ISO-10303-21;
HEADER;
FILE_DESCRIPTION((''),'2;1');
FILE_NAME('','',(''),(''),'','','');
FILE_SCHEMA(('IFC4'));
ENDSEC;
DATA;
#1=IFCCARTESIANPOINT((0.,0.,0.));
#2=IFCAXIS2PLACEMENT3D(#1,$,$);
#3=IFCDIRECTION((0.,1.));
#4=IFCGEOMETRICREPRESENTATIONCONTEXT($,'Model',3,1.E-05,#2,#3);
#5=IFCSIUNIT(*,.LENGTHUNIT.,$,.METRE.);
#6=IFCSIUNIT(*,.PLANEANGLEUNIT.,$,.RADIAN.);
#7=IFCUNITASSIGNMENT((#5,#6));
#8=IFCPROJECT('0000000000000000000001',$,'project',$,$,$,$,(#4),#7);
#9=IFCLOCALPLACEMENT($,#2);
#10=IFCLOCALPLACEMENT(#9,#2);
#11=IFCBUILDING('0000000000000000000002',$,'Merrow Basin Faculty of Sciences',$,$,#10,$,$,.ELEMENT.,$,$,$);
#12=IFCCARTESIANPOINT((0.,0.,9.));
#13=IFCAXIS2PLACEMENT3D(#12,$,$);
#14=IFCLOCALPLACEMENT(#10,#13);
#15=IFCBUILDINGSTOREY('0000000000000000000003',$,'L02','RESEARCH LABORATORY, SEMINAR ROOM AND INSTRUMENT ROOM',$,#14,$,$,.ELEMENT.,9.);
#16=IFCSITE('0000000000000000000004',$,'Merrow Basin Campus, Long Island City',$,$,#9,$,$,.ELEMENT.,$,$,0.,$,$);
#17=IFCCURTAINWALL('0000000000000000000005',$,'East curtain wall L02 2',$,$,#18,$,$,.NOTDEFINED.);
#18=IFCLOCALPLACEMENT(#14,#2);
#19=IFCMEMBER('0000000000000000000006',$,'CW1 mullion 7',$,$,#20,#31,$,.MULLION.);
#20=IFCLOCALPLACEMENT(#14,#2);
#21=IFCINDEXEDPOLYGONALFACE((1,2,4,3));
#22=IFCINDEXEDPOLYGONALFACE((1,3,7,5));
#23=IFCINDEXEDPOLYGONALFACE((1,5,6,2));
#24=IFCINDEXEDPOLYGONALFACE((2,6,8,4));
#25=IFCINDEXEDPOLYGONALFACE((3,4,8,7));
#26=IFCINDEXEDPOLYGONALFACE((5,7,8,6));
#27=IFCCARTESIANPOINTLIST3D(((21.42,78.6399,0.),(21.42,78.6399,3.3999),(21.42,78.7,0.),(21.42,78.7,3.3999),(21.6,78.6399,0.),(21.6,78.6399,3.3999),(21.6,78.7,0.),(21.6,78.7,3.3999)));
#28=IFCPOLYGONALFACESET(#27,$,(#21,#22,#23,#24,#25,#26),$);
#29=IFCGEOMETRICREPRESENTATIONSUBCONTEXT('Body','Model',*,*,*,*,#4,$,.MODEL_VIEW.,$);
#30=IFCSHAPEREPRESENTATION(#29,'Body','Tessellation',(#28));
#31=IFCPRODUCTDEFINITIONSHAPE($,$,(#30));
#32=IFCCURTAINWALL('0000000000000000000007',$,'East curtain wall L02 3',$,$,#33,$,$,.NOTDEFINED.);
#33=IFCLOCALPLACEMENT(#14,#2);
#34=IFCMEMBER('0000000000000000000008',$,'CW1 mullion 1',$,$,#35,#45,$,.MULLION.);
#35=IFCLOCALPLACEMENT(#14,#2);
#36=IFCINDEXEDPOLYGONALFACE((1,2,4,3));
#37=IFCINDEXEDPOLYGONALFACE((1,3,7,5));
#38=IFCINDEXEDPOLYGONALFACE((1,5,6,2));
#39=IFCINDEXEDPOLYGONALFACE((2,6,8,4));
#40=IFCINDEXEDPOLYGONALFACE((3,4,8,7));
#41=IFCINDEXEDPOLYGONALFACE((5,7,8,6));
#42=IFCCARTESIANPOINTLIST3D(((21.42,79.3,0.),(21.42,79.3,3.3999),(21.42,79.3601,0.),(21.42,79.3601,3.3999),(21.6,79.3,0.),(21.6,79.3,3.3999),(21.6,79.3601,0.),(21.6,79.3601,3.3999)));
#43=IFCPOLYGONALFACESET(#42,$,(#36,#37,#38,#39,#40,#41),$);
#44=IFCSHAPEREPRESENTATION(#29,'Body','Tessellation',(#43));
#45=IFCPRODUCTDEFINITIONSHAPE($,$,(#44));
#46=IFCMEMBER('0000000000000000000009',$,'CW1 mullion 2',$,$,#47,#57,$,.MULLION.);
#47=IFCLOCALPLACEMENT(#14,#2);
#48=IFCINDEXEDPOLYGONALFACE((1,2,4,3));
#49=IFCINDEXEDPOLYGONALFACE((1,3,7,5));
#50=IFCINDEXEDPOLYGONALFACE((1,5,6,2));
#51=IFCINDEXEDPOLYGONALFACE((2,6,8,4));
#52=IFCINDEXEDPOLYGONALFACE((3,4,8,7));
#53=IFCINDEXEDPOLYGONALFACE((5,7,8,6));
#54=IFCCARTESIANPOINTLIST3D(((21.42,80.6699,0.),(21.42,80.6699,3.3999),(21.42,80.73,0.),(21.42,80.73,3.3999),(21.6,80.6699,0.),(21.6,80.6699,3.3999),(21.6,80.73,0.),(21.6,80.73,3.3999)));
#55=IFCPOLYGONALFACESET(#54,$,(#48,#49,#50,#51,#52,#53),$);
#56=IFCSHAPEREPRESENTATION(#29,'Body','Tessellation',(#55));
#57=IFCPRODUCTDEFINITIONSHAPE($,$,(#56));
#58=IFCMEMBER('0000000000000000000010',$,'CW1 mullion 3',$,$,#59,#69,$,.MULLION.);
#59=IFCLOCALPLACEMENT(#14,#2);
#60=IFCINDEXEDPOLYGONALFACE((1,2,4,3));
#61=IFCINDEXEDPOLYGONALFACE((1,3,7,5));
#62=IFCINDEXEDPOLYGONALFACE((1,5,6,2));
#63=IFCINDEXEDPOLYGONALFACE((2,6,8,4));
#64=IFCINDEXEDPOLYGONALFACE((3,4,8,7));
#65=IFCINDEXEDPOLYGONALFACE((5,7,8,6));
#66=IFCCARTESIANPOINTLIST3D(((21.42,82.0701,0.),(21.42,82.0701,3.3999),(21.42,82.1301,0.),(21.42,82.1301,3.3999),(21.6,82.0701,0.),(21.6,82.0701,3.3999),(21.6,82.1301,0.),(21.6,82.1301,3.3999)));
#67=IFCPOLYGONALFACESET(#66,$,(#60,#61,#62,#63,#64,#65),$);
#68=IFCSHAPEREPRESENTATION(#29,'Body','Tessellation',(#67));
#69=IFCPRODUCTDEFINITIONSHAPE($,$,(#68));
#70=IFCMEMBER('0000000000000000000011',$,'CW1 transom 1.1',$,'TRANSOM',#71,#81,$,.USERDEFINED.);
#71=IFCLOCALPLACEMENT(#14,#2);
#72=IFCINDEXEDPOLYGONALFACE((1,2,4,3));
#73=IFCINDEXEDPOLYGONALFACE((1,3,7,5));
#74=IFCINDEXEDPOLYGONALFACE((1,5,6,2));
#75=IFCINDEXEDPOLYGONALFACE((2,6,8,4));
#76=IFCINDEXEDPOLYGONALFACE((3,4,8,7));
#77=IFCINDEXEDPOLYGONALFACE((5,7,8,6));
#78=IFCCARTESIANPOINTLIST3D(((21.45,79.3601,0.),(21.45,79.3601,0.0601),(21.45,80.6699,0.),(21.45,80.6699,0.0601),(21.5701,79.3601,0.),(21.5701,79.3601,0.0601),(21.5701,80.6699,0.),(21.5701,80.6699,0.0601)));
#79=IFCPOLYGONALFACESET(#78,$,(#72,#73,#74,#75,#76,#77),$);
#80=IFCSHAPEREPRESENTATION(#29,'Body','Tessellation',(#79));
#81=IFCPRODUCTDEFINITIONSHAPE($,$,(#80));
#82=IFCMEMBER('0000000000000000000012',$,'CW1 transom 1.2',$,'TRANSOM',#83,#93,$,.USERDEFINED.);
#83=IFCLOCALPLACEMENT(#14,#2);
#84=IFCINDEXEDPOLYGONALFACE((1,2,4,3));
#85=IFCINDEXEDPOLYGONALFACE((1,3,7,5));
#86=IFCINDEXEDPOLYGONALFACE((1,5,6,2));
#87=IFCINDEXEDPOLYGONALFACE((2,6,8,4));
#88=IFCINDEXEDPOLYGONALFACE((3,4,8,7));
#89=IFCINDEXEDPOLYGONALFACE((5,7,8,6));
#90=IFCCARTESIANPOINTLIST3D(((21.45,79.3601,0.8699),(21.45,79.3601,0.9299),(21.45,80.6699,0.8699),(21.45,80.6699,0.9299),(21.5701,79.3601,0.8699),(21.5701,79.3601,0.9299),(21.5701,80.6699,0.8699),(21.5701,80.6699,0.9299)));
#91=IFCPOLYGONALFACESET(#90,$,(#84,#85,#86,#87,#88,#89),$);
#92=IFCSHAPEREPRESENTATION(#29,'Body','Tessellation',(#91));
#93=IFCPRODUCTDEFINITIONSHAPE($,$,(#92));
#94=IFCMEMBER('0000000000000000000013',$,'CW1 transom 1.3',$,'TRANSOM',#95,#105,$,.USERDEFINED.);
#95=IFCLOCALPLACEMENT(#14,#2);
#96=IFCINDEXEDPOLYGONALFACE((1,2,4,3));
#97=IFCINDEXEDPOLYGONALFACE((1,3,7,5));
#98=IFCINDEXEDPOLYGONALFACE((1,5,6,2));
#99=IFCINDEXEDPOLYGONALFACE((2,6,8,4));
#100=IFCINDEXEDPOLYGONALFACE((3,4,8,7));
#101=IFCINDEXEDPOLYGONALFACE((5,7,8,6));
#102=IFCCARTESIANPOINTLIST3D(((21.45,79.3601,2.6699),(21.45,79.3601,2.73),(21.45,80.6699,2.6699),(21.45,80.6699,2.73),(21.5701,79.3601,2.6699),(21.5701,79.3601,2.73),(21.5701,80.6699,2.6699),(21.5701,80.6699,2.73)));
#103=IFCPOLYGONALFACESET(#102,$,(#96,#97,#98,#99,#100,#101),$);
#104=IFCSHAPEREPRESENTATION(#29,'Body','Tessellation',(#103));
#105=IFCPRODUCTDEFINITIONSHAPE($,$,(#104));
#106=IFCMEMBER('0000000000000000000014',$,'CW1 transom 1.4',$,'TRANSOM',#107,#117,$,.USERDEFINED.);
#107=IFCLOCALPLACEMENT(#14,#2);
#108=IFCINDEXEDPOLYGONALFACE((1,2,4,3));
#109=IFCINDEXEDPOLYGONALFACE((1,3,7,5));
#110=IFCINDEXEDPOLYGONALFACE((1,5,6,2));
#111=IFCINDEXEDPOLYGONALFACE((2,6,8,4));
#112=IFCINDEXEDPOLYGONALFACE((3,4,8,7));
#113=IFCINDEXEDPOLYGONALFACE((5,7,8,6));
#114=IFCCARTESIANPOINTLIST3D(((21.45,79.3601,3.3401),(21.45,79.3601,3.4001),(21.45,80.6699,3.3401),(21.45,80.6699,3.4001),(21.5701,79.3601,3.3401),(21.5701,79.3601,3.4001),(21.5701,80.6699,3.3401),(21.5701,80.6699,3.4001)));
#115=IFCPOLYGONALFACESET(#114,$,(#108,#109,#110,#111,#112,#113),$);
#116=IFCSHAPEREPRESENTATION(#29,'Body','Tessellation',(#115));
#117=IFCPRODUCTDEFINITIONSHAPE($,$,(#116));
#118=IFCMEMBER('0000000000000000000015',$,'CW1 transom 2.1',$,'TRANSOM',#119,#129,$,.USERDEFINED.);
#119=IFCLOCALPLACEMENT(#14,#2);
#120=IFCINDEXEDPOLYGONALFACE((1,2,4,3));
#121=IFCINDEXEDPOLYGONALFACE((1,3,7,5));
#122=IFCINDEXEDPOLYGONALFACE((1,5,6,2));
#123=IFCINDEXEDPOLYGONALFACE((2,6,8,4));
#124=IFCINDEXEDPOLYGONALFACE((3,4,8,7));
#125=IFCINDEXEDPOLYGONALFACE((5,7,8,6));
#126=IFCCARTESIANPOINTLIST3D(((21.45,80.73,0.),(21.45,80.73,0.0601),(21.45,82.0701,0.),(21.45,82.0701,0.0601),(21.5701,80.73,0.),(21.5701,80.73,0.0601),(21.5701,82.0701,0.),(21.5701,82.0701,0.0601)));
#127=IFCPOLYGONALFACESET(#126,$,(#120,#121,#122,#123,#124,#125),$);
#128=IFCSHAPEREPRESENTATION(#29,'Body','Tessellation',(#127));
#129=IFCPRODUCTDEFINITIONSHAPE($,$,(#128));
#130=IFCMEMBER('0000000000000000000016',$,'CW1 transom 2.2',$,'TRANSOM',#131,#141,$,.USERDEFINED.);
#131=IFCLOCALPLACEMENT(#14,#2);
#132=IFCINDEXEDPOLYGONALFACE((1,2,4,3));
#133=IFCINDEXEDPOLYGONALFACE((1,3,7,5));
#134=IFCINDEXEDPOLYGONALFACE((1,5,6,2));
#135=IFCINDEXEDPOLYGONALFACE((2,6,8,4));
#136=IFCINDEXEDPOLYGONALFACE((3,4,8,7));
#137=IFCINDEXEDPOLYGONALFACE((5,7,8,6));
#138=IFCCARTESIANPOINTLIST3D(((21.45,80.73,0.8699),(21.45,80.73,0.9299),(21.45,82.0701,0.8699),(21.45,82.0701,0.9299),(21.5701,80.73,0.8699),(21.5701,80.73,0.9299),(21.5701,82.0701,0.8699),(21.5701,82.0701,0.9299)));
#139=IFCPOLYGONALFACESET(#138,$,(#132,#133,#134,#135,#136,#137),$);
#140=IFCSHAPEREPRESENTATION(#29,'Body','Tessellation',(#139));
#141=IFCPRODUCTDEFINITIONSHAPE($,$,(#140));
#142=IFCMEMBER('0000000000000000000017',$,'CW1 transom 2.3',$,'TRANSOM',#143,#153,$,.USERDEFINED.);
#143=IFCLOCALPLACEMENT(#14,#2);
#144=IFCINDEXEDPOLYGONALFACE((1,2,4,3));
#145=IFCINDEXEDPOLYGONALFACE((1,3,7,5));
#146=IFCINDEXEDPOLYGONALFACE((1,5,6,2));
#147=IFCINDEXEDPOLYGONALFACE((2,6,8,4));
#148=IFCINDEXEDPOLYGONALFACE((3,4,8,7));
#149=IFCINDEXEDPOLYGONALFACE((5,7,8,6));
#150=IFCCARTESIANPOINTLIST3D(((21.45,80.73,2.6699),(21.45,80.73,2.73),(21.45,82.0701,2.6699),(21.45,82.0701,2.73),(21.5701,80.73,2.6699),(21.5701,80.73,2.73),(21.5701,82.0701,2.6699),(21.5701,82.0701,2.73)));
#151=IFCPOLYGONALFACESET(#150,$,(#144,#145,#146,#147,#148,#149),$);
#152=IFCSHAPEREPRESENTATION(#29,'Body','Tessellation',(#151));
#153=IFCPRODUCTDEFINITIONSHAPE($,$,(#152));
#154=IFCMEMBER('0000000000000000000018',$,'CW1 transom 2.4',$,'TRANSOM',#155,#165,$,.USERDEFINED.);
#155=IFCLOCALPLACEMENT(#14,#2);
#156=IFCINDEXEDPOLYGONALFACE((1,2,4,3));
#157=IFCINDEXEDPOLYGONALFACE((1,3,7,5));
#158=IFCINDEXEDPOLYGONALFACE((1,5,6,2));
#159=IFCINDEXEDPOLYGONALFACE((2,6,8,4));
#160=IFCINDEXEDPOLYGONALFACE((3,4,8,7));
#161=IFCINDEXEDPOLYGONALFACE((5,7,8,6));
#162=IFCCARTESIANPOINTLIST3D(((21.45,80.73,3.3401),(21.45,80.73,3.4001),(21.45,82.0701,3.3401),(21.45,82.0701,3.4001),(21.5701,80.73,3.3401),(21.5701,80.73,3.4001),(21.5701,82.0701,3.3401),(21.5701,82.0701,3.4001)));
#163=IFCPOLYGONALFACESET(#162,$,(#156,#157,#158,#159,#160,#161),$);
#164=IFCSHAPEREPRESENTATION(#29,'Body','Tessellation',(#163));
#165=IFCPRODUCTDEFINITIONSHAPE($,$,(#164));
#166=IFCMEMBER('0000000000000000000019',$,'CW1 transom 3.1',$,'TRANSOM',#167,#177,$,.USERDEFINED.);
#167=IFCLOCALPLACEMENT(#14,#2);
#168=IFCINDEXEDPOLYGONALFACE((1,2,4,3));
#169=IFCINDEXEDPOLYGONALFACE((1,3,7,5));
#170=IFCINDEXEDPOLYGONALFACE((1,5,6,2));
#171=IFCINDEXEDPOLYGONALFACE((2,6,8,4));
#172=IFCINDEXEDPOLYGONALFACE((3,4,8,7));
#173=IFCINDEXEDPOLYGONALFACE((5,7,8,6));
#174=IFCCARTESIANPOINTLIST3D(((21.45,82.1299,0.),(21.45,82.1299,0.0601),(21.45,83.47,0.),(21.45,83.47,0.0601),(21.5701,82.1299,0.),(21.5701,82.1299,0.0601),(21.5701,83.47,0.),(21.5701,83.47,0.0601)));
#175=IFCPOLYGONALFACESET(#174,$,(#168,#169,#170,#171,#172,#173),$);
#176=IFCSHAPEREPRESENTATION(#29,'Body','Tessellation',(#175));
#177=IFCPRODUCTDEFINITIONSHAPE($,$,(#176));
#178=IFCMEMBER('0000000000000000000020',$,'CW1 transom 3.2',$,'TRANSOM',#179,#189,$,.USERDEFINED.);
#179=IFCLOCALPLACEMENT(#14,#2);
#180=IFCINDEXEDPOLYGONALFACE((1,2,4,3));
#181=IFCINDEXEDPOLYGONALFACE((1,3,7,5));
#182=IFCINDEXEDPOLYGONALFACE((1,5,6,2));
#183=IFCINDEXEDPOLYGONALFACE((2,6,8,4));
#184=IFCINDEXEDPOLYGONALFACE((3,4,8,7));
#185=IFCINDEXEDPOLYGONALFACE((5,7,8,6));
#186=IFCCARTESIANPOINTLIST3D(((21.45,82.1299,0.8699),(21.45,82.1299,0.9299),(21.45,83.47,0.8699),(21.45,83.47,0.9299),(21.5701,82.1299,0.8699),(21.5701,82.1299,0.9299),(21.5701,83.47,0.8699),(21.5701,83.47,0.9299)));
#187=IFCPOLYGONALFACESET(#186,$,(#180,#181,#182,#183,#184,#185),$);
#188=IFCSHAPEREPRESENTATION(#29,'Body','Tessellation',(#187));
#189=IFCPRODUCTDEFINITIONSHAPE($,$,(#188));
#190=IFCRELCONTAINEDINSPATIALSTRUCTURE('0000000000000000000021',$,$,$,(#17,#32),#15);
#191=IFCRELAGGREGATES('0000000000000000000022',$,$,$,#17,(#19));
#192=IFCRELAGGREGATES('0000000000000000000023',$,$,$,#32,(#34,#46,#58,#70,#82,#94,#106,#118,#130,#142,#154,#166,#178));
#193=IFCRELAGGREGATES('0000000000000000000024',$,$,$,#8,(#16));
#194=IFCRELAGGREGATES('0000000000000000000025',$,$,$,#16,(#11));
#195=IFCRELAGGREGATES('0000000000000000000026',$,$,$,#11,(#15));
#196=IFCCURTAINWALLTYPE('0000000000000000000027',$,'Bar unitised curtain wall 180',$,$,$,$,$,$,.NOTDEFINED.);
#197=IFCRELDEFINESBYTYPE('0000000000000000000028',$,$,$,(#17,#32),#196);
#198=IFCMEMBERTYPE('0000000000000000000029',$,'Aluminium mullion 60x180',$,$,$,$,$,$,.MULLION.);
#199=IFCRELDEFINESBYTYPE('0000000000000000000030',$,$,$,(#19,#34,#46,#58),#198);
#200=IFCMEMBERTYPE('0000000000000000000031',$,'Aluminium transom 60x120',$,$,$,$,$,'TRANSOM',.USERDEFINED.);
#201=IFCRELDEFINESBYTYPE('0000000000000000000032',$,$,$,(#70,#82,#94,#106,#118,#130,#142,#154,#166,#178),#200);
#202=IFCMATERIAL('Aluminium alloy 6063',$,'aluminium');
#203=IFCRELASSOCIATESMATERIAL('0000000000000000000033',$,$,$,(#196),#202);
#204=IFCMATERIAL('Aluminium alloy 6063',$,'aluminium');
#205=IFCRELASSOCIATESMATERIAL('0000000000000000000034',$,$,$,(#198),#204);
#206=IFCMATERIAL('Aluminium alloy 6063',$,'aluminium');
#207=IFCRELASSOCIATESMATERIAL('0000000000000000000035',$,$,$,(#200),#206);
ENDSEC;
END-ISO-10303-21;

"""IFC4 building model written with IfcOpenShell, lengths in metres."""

from ifc_helpers import new_model, si_unit, direction, frame, origin, origin_2d, place, context, subcontext, project, spatial, rectangle, extrude, material, material_profile, profile_set, type_object, element, aggregate, save


model = new_model("IFC4")

# Units and contexts
model_context = context("Model", 3, precision=1e-05, world=origin(), true_north=direction((0.0, 1.0)))
body_context = subcontext(model_context, "Body", "Model", "MODEL_VIEW")
ifc_project = project(units=[si_unit("LENGTHUNIT", "METRE"), si_unit("PLANEANGLEUNIT", "RADIAN")], contexts=[model_context])

# Site, building, storey
site_placement = place(None, origin())
site = spatial("IfcSite", under=ifc_project, at=site_placement, Name="Merrow Basin Campus, Long Island City", CompositionType="ELEMENT", RefElevation=0.0)
building_placement = place(site_placement, origin())
building = spatial("IfcBuilding", under=site, at=building_placement, Name="Merrow Basin Faculty of Sciences", CompositionType="ELEMENT")
storey_placement = place(building_placement, frame((0.0, 0.0, 9.0)))
storey = spatial("IfcBuildingStorey", under=building, at=storey_placement, Name="L02", Description="RESEARCH LABORATORY, SEMINAR ROOM AND INSTRUMENT ROOM", CompositionType="ELEMENT", Elevation=9.0)

# Curtain wall, member
ifc_material_1 = material(Name="Aluminium alloy 6063", Category="aluminium")
curtain_wall_type = type_object("IfcCurtainWallType", Name="Bar unitised curtain wall 180", PredefinedType="NOTDEFINED", material=ifc_material_1)
curtain_wall_1_placement = place(storey_placement, origin())
curtain_wall_1 = element("IfcCurtainWall", 1, at=curtain_wall_1_placement, inside=storey, type_object=curtain_wall_type, Name="East curtain wall L02 2", PredefinedType="NOTDEFINED")
ifc_material_2 = material(Name="Aluminium alloy 6063", Category="aluminium")
ifc_material_profile_1 = material_profile(ifc_material_2, rectangle(XDim=0.1799, YDim=0.0601, at=origin_2d()))
ifc_profile_set_1 = profile_set([ifc_material_profile_1], Name="Aluminium alloy 6063")
member_type_1 = type_object("IfcMemberType", Name="Aluminium mullion 60x180", PredefinedType="MULLION", material=ifc_profile_set_1)
member_1_placement = place(storey_placement, frame((21.51, 78.6699, 0.0), z_axis=(0.0, 0.0, 1.0), x_axis=(-1.0, 0.0, 0.0)))
member_1 = element("IfcMember", 2, at=member_1_placement, type_object=member_type_1, Name="CW1 mullion 7", PredefinedType="MULLION", context=body_context, shape_type="SweptSolid", body=[
    extrude(rectangle(XDim=0.1799, YDim=0.0601, at=origin_2d()), origin(), (0.0, 0.0, 1.0), 3.3999),
])

# Curtain wall, members
curtain_wall_2_placement = place(storey_placement, origin())
curtain_wall_2 = element("IfcCurtainWall", 3, at=curtain_wall_2_placement, inside=storey, type_object=curtain_wall_type, Name="East curtain wall L02 3", PredefinedType="NOTDEFINED")
member_2_placement = place(storey_placement, frame((21.51, 79.3301, 0.0), z_axis=(0.0, 0.0, 1.0), x_axis=(-1.0, 0.0, 0.0)))
member_2 = element("IfcMember", 4, at=member_2_placement, type_object=member_type_1, Name="CW1 mullion 1", PredefinedType="MULLION", context=body_context, shape_type="SweptSolid", body=[
    extrude(rectangle(XDim=0.1799, YDim=0.0601, at=origin_2d()), origin(), (0.0, 0.0, 1.0), 3.3999),
])
member_3_placement = place(storey_placement, frame((21.51, 80.7, 0.0), z_axis=(0.0, 0.0, 1.0), x_axis=(-1.0, 0.0, 0.0)))
member_3 = element("IfcMember", 5, at=member_3_placement, type_object=member_type_1, Name="CW1 mullion 2", PredefinedType="MULLION", context=body_context, shape_type="SweptSolid", body=[
    extrude(rectangle(XDim=0.1799, YDim=0.0601, at=origin_2d()), origin(), (0.0, 0.0, 1.0), 3.3999),
])
member_4_placement = place(storey_placement, frame((21.51, 82.1001, 0.0), z_axis=(0.0, 0.0, 1.0), x_axis=(-1.0, 0.0, 0.0)))
member_4 = element("IfcMember", 6, at=member_4_placement, type_object=member_type_1, Name="CW1 mullion 3", PredefinedType="MULLION", context=body_context, shape_type="SweptSolid", body=[
    extrude(rectangle(XDim=0.1799, YDim=0.0601, at=origin_2d()), origin(), (0.0, 0.0, 1.0), 3.3999),
])
ifc_material_3 = material(Name="Aluminium alloy 6063", Category="aluminium")
ifc_material_profile_2 = material_profile(ifc_material_3, rectangle(XDim=0.1201, YDim=0.0601, at=origin_2d()))
ifc_profile_set_2 = profile_set([ifc_material_profile_2], Name="Aluminium alloy 6063")
member_type_2 = type_object("IfcMemberType", Name="Aluminium transom 60x120", ElementType="TRANSOM", PredefinedType="USERDEFINED", material=ifc_profile_set_2)
member_5_placement = place(storey_placement, frame((21.51, 79.3601, 0.03), z_axis=(0.0, 1.0, 0.0), x_axis=(-1.0, 0.0, 0.0)))
member_5 = element("IfcMember", 7, at=member_5_placement, type_object=member_type_2, Name="CW1 transom 1.1", ObjectType="TRANSOM", PredefinedType="USERDEFINED", context=body_context, shape_type="SweptSolid", body=[
    extrude(rectangle(XDim=0.1201, YDim=0.0601, at=origin_2d()), origin(), (0.0, 0.0, 1.0), 1.3098),
])
member_6_placement = place(storey_placement, frame((21.51, 79.3601, 0.8999), z_axis=(0.0, 1.0, 0.0), x_axis=(-1.0, 0.0, 0.0)))
member_6 = element("IfcMember", 8, at=member_6_placement, type_object=member_type_2, Name="CW1 transom 1.2", ObjectType="TRANSOM", PredefinedType="USERDEFINED", context=body_context, shape_type="SweptSolid", body=[
    extrude(rectangle(XDim=0.1201, YDim=0.0601, at=origin_2d()), origin(), (0.0, 0.0, 1.0), 1.3098),
])
member_7_placement = place(storey_placement, frame((21.51, 79.3601, 2.7), z_axis=(0.0, 1.0, 0.0), x_axis=(-1.0, 0.0, 0.0)))
member_7 = element("IfcMember", 9, at=member_7_placement, type_object=member_type_2, Name="CW1 transom 1.3", ObjectType="TRANSOM", PredefinedType="USERDEFINED", context=body_context, shape_type="SweptSolid", body=[
    extrude(rectangle(XDim=0.1201, YDim=0.0601, at=origin_2d()), origin(), (0.0, 0.0, 1.0), 1.3098),
])
member_8_placement = place(storey_placement, frame((21.51, 79.3601, 3.3701), z_axis=(0.0, 1.0, 0.0), x_axis=(-1.0, 0.0, 0.0)))
member_8 = element("IfcMember", 10, at=member_8_placement, type_object=member_type_2, Name="CW1 transom 1.4", ObjectType="TRANSOM", PredefinedType="USERDEFINED", context=body_context, shape_type="SweptSolid", body=[
    extrude(rectangle(XDim=0.1201, YDim=0.0601, at=origin_2d()), origin(), (0.0, 0.0, 1.0), 1.3098),
])
member_9_placement = place(storey_placement, frame((21.51, 80.73, 0.03), z_axis=(0.0, 1.0, 0.0), x_axis=(-1.0, 0.0, 0.0)))
member_9 = element("IfcMember", 11, at=member_9_placement, type_object=member_type_2, Name="CW1 transom 2.1", ObjectType="TRANSOM", PredefinedType="USERDEFINED", context=body_context, shape_type="SweptSolid", body=[
    extrude(rectangle(XDim=0.1201, YDim=0.0601, at=origin_2d()), origin(), (0.0, 0.0, 1.0), 1.3401),
])
member_10_placement = place(storey_placement, frame((21.51, 80.73, 0.8999), z_axis=(0.0, 1.0, 0.0), x_axis=(-1.0, 0.0, 0.0)))
member_10 = element("IfcMember", 12, at=member_10_placement, type_object=member_type_2, Name="CW1 transom 2.2", ObjectType="TRANSOM", PredefinedType="USERDEFINED", context=body_context, shape_type="SweptSolid", body=[
    extrude(rectangle(XDim=0.1201, YDim=0.0601, at=origin_2d()), origin(), (0.0, 0.0, 1.0), 1.3401),
])
member_11_placement = place(storey_placement, frame((21.51, 80.73, 2.7), z_axis=(0.0, 1.0, 0.0), x_axis=(-1.0, 0.0, 0.0)))
member_11 = element("IfcMember", 13, at=member_11_placement, type_object=member_type_2, Name="CW1 transom 2.3", ObjectType="TRANSOM", PredefinedType="USERDEFINED", context=body_context, shape_type="SweptSolid", body=[
    extrude(rectangle(XDim=0.1201, YDim=0.0601, at=origin_2d()), origin(), (0.0, 0.0, 1.0), 1.3401),
])
member_12_placement = place(storey_placement, frame((21.51, 80.73, 3.3701), z_axis=(0.0, 1.0, 0.0), x_axis=(-1.0, 0.0, 0.0)))
member_12 = element("IfcMember", 14, at=member_12_placement, type_object=member_type_2, Name="CW1 transom 2.4", ObjectType="TRANSOM", PredefinedType="USERDEFINED", context=body_context, shape_type="SweptSolid", body=[
    extrude(rectangle(XDim=0.1201, YDim=0.0601, at=origin_2d()), origin(), (0.0, 0.0, 1.0), 1.3401),
])
member_13_placement = place(storey_placement, frame((21.51, 82.1299, 0.03), z_axis=(0.0, 1.0, 0.0), x_axis=(-1.0, 0.0, 0.0)))
member_13 = element("IfcMember", 15, at=member_13_placement, type_object=member_type_2, Name="CW1 transom 3.1", ObjectType="TRANSOM", PredefinedType="USERDEFINED", context=body_context, shape_type="SweptSolid", body=[
    extrude(rectangle(XDim=0.1201, YDim=0.0601, at=origin_2d()), origin(), (0.0, 0.0, 1.0), 1.3401),
])
member_14_placement = place(storey_placement, frame((21.51, 82.1299, 0.8999), z_axis=(0.0, 1.0, 0.0), x_axis=(-1.0, 0.0, 0.0)))
member_14 = element("IfcMember", 16, at=member_14_placement, type_object=member_type_2, Name="CW1 transom 3.2", ObjectType="TRANSOM", PredefinedType="USERDEFINED", context=body_context, shape_type="SweptSolid", body=[
    extrude(rectangle(XDim=0.1201, YDim=0.0601, at=origin_2d()), origin(), (0.0, 0.0, 1.0), 1.3401),
])

aggregate(curtain_wall_1, [member_1])
aggregate(curtain_wall_2, [member_2, member_3, member_4, member_5, member_6, member_7, member_8, member_9, member_10, member_11, member_12, member_13, member_14])

save(model, "model.ifc")
